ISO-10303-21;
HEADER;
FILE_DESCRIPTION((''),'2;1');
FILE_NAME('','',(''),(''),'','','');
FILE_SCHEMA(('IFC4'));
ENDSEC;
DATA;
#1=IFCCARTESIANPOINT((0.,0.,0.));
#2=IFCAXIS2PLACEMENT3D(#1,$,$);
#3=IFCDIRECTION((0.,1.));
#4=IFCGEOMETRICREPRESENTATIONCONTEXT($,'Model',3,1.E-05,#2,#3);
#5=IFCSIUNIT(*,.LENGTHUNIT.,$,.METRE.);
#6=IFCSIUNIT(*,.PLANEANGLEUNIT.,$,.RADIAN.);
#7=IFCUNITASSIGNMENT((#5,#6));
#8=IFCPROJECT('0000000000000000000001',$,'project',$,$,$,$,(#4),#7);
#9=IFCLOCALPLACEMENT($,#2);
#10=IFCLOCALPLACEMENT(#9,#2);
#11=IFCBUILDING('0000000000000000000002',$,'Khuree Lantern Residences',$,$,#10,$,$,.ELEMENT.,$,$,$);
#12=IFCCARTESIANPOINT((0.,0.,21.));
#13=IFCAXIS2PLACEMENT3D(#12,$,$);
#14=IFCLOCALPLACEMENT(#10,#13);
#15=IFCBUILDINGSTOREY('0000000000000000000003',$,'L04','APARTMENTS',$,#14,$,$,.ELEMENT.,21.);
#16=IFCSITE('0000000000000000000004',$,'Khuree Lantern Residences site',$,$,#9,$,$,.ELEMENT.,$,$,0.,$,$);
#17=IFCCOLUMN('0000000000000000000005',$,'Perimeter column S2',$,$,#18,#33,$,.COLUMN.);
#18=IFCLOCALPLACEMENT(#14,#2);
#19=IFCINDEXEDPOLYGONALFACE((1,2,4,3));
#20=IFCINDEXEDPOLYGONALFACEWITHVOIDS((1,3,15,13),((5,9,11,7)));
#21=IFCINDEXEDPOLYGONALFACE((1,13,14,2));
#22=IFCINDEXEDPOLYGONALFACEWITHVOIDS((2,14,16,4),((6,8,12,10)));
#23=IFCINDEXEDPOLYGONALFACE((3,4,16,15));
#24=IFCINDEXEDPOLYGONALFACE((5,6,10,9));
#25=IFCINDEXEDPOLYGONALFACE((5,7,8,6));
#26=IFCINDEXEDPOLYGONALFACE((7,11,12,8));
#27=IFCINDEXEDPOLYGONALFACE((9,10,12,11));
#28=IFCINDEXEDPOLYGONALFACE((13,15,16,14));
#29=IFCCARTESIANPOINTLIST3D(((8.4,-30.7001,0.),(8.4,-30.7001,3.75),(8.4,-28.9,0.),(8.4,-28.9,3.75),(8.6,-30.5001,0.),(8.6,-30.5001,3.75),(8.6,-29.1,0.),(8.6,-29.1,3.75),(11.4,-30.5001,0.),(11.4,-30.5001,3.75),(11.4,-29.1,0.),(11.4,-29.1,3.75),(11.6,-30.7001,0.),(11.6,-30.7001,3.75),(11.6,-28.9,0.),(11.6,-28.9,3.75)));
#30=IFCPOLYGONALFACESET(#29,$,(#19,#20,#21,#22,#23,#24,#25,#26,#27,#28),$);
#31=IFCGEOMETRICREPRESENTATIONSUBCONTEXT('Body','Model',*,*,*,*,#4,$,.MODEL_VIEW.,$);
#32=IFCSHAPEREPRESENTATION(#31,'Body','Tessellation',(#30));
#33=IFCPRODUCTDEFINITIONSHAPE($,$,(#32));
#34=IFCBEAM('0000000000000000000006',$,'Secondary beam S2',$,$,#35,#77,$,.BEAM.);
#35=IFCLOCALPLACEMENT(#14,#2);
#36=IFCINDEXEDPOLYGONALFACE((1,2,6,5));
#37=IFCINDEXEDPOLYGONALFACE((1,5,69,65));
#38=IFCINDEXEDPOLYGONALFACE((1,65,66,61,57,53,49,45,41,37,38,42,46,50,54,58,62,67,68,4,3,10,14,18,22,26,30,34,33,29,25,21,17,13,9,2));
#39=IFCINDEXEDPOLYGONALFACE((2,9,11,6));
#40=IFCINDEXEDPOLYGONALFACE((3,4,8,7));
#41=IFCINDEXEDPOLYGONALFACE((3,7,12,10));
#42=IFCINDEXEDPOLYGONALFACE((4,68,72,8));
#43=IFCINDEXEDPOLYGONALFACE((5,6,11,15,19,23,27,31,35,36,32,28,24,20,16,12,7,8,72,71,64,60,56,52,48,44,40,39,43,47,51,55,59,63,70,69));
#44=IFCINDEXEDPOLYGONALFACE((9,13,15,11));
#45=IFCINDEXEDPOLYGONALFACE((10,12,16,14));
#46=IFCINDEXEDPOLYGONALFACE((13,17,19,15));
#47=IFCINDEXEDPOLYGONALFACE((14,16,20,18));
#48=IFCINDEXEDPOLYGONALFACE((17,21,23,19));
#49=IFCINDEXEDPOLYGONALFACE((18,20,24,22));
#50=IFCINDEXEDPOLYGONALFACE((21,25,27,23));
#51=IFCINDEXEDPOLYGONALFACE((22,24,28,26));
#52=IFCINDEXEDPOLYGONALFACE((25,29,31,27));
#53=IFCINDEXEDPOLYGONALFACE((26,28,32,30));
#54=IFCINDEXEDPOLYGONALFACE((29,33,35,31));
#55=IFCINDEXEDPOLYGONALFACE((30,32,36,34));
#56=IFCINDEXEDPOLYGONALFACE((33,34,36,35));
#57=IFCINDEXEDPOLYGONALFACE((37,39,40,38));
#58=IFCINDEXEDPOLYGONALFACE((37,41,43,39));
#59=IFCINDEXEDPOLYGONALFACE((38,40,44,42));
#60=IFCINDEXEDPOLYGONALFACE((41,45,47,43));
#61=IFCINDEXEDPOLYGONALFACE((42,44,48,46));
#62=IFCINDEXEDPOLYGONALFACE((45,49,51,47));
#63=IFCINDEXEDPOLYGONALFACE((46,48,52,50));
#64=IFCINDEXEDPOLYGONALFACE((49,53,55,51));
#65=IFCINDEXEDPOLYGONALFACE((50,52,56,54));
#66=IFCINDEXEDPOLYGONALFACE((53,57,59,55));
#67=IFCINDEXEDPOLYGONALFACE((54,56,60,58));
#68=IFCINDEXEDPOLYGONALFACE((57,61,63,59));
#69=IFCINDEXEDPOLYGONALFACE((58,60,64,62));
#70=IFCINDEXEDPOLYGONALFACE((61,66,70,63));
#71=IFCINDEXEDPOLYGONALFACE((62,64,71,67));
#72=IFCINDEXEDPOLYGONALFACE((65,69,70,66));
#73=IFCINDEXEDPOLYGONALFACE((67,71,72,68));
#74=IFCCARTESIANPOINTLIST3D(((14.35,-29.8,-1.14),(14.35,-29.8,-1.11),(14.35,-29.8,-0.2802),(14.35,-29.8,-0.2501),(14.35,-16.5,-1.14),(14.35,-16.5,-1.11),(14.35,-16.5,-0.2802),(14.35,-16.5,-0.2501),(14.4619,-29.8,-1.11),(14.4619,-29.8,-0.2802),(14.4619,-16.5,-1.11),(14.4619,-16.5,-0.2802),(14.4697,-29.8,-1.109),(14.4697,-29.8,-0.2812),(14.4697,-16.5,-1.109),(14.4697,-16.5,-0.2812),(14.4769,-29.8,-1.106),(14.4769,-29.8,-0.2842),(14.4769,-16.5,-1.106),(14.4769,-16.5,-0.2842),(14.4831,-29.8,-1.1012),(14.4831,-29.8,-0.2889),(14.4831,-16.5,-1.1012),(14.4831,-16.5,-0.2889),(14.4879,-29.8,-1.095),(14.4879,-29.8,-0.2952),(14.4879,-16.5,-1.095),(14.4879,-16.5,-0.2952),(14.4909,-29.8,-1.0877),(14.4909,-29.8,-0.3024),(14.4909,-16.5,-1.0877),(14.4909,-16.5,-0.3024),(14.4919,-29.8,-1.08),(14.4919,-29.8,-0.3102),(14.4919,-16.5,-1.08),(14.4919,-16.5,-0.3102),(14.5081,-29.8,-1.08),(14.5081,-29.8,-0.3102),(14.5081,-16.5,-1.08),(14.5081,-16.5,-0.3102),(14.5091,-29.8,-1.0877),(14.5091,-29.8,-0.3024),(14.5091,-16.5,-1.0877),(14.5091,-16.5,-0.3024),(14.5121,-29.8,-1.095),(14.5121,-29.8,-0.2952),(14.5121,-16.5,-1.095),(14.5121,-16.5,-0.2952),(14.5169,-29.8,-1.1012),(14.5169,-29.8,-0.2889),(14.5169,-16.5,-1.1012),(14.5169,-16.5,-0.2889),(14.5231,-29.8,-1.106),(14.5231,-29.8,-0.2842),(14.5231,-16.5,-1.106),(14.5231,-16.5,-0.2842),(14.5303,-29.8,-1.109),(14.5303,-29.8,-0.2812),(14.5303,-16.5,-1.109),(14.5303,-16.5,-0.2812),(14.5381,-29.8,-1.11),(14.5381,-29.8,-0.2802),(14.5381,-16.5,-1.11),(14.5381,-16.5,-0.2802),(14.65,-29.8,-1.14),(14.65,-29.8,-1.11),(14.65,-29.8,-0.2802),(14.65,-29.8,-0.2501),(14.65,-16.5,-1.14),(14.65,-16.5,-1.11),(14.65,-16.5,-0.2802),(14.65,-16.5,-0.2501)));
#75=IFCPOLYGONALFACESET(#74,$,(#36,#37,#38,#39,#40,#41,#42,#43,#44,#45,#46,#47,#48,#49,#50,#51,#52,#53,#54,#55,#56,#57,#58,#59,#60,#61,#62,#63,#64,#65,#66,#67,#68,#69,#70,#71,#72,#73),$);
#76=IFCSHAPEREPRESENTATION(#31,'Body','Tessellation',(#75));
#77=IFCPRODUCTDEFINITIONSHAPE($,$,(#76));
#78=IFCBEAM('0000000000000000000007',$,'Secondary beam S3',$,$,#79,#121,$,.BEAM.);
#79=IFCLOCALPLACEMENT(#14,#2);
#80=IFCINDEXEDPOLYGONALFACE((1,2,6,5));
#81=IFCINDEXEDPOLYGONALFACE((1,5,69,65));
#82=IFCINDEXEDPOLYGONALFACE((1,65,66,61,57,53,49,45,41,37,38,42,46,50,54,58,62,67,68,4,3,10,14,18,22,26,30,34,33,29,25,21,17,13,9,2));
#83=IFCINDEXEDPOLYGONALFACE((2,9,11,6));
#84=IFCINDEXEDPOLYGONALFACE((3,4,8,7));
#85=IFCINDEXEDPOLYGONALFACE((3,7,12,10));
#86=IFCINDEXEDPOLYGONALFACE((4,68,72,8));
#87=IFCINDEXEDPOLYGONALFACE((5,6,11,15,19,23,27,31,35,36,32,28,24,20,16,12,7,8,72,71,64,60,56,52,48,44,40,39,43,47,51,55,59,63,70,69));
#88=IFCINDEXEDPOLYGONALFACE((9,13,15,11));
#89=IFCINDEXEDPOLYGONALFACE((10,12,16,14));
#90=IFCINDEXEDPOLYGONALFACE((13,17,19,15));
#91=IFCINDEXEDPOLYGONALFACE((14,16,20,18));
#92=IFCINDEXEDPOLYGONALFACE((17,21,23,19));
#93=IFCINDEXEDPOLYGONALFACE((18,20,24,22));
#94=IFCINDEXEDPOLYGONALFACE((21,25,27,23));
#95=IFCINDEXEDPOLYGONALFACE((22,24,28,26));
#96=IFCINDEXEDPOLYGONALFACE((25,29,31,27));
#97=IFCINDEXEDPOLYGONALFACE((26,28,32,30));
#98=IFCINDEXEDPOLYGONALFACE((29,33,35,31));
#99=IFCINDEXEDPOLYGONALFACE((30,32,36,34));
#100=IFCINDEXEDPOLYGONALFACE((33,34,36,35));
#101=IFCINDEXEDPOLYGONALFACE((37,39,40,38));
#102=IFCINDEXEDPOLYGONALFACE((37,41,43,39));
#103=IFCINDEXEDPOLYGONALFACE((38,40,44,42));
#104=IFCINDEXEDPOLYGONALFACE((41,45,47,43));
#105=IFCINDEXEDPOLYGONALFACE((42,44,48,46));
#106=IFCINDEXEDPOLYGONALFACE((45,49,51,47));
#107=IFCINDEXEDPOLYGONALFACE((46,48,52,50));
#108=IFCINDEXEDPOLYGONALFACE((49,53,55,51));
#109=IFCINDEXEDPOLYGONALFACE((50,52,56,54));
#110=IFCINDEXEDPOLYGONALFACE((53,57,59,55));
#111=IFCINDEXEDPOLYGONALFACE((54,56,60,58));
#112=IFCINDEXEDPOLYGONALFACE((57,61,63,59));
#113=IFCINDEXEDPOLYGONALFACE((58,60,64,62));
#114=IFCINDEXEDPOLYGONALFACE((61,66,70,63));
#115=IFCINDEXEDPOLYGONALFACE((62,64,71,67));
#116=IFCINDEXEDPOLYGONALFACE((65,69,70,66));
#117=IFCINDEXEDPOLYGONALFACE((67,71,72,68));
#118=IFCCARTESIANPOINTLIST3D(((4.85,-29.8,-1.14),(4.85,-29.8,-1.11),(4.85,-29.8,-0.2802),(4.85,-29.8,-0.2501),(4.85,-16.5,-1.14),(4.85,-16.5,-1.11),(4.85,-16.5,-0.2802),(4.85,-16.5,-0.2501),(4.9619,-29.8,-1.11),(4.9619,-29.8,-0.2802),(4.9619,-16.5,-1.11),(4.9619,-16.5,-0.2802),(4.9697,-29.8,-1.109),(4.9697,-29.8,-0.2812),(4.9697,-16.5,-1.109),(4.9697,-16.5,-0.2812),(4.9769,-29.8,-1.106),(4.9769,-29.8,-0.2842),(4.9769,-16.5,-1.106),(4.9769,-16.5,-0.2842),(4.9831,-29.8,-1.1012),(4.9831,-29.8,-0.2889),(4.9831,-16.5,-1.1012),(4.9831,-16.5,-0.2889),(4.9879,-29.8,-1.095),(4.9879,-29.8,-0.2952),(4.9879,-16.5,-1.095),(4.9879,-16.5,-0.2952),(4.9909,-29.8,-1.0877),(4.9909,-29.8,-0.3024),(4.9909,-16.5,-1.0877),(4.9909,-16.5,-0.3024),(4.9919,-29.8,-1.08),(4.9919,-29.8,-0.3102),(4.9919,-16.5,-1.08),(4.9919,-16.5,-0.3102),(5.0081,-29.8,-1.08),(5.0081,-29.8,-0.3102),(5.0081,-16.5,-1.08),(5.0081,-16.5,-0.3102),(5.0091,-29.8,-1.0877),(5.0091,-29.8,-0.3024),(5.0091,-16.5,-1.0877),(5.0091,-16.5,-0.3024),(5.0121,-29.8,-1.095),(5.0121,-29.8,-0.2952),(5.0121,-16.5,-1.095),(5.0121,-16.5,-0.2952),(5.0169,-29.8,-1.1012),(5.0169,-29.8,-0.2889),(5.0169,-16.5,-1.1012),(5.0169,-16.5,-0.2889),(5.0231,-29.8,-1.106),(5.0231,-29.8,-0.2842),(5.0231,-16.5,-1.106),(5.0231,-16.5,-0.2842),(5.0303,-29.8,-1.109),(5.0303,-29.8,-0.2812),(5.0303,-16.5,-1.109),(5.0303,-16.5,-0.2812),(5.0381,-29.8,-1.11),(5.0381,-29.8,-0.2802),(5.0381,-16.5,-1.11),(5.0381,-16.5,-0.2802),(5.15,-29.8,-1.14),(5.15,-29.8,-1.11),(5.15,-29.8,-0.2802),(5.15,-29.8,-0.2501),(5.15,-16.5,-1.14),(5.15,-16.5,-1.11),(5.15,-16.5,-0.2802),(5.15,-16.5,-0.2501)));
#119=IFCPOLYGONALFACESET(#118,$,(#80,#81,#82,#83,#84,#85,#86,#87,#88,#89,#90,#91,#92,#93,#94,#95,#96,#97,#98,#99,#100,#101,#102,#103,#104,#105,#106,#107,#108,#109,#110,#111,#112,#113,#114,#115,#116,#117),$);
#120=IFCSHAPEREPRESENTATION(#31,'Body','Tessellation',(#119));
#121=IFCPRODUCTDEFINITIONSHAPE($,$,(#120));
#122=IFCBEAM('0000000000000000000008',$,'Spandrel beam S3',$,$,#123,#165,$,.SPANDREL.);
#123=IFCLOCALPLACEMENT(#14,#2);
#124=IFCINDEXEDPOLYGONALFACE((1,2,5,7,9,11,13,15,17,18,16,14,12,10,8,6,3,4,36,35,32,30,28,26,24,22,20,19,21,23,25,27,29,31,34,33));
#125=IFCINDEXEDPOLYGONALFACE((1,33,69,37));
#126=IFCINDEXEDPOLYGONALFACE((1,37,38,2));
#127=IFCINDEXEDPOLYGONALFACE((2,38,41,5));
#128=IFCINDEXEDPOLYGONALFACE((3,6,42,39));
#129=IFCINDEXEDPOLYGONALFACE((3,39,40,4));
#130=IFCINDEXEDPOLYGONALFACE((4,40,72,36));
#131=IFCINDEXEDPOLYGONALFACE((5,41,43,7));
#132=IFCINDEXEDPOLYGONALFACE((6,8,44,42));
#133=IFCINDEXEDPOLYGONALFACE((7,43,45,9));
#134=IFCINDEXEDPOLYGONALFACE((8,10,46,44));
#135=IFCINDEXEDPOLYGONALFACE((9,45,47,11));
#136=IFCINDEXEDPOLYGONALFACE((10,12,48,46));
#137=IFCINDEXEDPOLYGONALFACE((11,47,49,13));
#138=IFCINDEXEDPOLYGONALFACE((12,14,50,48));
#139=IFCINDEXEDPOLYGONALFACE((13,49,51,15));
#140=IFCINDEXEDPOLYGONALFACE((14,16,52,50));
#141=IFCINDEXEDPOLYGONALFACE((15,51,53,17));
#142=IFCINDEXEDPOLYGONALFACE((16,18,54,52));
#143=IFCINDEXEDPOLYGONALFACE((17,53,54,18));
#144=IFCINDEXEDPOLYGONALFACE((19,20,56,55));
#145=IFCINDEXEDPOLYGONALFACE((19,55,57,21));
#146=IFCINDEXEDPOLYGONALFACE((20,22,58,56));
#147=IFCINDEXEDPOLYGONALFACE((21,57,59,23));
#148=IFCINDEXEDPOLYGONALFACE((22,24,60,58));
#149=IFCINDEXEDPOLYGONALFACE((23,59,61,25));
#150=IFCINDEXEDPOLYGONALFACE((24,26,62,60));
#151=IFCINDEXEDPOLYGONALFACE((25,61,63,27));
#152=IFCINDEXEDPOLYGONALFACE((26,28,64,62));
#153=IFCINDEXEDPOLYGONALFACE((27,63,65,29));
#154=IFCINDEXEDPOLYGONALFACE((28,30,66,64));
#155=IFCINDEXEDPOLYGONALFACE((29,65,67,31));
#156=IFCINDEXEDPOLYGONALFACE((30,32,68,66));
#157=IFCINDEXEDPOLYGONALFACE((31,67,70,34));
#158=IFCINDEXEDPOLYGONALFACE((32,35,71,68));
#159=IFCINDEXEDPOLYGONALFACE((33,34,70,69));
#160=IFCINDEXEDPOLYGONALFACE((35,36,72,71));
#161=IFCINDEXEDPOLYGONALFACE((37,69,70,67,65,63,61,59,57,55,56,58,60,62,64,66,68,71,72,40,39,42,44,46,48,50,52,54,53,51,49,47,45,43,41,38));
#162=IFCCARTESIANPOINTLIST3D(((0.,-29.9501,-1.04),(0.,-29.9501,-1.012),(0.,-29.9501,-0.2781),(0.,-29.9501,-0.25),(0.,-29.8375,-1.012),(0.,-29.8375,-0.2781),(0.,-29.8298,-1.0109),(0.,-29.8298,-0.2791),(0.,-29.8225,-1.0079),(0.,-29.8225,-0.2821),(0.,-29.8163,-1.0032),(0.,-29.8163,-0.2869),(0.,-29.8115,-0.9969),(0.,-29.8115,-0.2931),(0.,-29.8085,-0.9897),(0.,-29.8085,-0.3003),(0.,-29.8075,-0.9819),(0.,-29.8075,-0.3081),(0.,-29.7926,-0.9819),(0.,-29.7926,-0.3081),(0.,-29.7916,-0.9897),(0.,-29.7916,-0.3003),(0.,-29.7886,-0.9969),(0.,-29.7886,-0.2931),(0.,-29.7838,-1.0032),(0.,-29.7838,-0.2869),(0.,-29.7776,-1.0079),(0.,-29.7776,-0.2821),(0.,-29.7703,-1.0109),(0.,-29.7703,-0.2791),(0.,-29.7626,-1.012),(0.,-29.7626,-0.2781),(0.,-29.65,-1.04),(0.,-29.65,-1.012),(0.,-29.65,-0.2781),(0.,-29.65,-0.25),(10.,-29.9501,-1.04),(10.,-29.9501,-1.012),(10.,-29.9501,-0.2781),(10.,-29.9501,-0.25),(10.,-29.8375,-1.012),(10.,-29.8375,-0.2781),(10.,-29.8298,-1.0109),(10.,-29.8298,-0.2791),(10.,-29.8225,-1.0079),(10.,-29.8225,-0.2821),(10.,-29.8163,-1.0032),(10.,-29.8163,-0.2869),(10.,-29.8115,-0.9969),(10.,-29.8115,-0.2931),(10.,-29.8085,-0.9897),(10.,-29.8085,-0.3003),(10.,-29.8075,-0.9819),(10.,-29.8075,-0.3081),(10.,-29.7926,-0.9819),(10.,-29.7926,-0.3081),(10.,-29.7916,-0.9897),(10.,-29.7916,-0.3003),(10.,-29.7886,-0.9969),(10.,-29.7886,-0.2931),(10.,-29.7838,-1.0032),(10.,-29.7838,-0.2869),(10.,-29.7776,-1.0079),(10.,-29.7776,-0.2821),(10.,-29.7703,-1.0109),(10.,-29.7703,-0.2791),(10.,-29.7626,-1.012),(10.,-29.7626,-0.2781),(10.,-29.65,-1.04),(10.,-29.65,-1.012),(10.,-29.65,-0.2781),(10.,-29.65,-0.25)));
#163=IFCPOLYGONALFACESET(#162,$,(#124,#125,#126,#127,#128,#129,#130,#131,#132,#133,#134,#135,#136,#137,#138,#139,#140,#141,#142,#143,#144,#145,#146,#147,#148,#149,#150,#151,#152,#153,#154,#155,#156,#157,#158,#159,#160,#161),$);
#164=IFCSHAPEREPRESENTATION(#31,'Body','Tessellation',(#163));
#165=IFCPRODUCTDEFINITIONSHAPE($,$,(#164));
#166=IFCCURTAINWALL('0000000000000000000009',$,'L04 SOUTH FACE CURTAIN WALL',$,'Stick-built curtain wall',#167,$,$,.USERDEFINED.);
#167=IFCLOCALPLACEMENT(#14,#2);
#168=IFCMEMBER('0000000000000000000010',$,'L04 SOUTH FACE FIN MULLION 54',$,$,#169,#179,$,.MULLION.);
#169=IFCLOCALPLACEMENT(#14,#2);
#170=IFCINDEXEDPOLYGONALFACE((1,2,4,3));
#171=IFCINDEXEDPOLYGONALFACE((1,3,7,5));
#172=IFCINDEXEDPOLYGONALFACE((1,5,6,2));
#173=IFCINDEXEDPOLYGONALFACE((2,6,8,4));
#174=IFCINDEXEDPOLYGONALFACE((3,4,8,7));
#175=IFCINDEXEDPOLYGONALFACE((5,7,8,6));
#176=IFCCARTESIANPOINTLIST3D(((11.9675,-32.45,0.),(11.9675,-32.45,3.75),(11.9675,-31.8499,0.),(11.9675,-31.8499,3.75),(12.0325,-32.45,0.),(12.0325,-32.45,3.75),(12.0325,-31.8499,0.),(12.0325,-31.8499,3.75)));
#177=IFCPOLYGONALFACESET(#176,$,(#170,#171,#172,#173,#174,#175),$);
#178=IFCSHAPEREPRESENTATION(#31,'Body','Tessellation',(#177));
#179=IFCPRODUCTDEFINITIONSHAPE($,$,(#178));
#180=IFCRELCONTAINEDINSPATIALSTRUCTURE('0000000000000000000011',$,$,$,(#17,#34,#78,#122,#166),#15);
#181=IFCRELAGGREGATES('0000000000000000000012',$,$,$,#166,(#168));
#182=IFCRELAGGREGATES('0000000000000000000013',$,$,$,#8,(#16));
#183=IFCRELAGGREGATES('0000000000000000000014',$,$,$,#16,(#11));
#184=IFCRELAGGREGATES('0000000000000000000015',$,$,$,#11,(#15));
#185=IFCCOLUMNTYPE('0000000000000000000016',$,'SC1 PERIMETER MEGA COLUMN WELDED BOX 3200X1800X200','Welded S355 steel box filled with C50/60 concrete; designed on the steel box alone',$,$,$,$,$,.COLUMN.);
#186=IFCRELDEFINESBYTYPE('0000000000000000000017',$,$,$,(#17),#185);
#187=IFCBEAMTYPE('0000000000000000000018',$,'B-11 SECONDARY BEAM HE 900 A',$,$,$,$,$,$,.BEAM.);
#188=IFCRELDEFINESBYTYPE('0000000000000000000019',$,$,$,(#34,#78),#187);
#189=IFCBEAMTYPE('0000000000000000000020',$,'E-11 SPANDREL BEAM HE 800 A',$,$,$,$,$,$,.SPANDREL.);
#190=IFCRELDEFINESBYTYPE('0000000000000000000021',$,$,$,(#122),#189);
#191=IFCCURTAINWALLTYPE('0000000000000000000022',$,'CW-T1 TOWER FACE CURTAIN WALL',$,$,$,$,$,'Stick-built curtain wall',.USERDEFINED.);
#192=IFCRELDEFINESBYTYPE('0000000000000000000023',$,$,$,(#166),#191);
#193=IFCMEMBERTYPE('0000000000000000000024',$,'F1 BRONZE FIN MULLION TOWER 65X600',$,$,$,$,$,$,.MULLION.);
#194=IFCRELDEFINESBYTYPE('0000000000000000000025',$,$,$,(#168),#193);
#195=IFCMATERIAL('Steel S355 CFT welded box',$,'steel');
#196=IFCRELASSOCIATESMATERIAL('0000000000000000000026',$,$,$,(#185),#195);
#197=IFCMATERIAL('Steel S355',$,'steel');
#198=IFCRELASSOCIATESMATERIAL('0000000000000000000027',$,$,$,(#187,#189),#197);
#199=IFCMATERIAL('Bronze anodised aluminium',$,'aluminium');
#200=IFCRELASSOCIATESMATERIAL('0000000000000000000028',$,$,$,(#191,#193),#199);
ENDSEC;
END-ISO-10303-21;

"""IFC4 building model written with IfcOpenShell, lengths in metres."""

from ifc_helpers import new_model, si_unit, direction, frame, origin, origin_2d, place, context, subcontext, project, spatial, rectangle, hollow_rectangle, i_section, extrude, material, material_profile, profile_set, type_object, element, aggregate, save


model = new_model("IFC4")

# Units and contexts
model_context = context("Model", 3, precision=1e-05, world=origin(), true_north=direction((0.0, 1.0)))
body_context = subcontext(model_context, "Body", "Model", "MODEL_VIEW")
ifc_project = project(units=[si_unit("LENGTHUNIT", "METRE"), si_unit("PLANEANGLEUNIT", "RADIAN")], contexts=[model_context])

# Site, building, storey
site_placement = place(None, origin())
site = spatial("IfcSite", under=ifc_project, at=site_placement, Name="Khuree Lantern Residences site", CompositionType="ELEMENT", RefElevation=0.0)
building_placement = place(site_placement, origin())
building = spatial("IfcBuilding", under=site, at=building_placement, Name="Khuree Lantern Residences", CompositionType="ELEMENT")
storey_placement = place(building_placement, frame((0.0, 0.0, 21.0)))
storey = spatial("IfcBuildingStorey", under=building, at=storey_placement, Name="L04", Description="APARTMENTS", CompositionType="ELEMENT", Elevation=21.0)

# Column
ifc_material_1 = material(Name="Steel S355 CFT welded box", Category="steel")
ifc_material_profile_1 = material_profile(ifc_material_1, hollow_rectangle(XDim=3.2, YDim=1.8, WallThickness=0.2, at=origin_2d()), Name="WELDED BOX 3200X1800X200")
ifc_profile_set_1 = profile_set([ifc_material_profile_1], Name="Steel S355 CFT welded box")
column_type = type_object("IfcColumnType", Name="SC1 PERIMETER MEGA COLUMN WELDED BOX 3200X1800X200", Description="Welded S355 steel box filled with C50/60 concrete; designed on the steel box alone", PredefinedType="COLUMN", material=ifc_profile_set_1)
column_placement = place(storey_placement, frame((10.0, -29.8, 0.0), z_axis=(0.0, 0.0, 1.0), x_axis=(1.0, 0.0, 0.0)))
element("IfcColumn", 1, at=column_placement, inside=storey, type_object=column_type, Name="Perimeter column S2", PredefinedType="COLUMN", context=body_context, shape_type="SweptSolid", body=[
    extrude(hollow_rectangle(XDim=3.2, YDim=1.8, WallThickness=0.2, at=origin_2d()), origin(), (0.0, 0.0, 1.0), 3.75),
])

# Beams
ifc_material_2 = material(Name="Steel S355", Category="steel")
ifc_material_profile_2 = material_profile(ifc_material_2, i_section(OverallWidth=0.3, OverallDepth=0.8899, WebThickness=0.0161, FlangeThickness=0.03, FilletRadius=0.03, at=origin_2d()), Name="HE 900 A")
ifc_profile_set_2 = profile_set([ifc_material_profile_2], Name="Steel S355")
beam_type_1 = type_object("IfcBeamType", Name="B-11 SECONDARY BEAM HE 900 A", PredefinedType="BEAM", material=ifc_profile_set_2)
for number, where, z_axis, x_axis, name in (
    (2, (14.5, -29.8, -0.6951), (0.0, 1.0, 0.0), (-1.0, 0.0, 0.0), "Secondary beam S2"),
    (3, (5.0, -29.8, -0.6951), (0.0, 1.0, 0.0), (-1.0, 0.0, 0.0), "Secondary beam S3"),
):
    element("IfcBeam", number, at=place(storey_placement, frame(where, z_axis=z_axis, x_axis=x_axis)), inside=storey, type_object=beam_type_1, Name=name, PredefinedType="BEAM", context=body_context, shape_type="SweptSolid", body=[
        extrude(i_section(OverallWidth=0.3, OverallDepth=0.8899, WebThickness=0.0161, FlangeThickness=0.03, FilletRadius=0.03, at=origin_2d()), origin(), (0.0, 0.0, 1.0), 13.3),
    ])
ifc_material_profile_3 = material_profile(ifc_material_2, i_section(OverallWidth=0.3, OverallDepth=0.79, WebThickness=0.0149, FlangeThickness=0.0281, FilletRadius=0.03, at=origin_2d()), Name="HE 800 A")
ifc_profile_set_3 = profile_set([ifc_material_profile_3], Name="Steel S355")
beam_type_2 = type_object("IfcBeamType", Name="E-11 SPANDREL BEAM HE 800 A", PredefinedType="SPANDREL", material=ifc_profile_set_3)
beam_1_placement = place(storey_placement, frame((10.0, -29.8, -0.645), z_axis=(-1.0, 0.0, 0.0), x_axis=(0.0, -1.0, 0.0)))
element("IfcBeam", 4, at=beam_1_placement, inside=storey, type_object=beam_type_2, Name="Spandrel beam S3", PredefinedType="SPANDREL", context=body_context, shape_type="SweptSolid", body=[
    extrude(i_section(OverallWidth=0.3, OverallDepth=0.79, WebThickness=0.0149, FlangeThickness=0.0281, FilletRadius=0.03, at=origin_2d()), origin(), (0.0, 0.0, 1.0), 10.0),
])

# Curtain wall, member
ifc_material_3 = material(Name="Bronze anodised aluminium", Category="aluminium")
curtain_wall_type = type_object("IfcCurtainWallType", Name="CW-T1 TOWER FACE CURTAIN WALL", ElementType="Stick-built curtain wall", PredefinedType="USERDEFINED", material=ifc_material_3)
curtain_wall_placement = place(storey_placement, origin())
curtain_wall = element("IfcCurtainWall", 5, at=curtain_wall_placement, inside=storey, type_object=curtain_wall_type, Name="L04 SOUTH FACE CURTAIN WALL", ObjectType="Stick-built curtain wall", PredefinedType="USERDEFINED")
ifc_material_profile_4 = material_profile(ifc_material_3, rectangle(XDim=0.0649, YDim=0.6001, at=origin_2d()), Name="F1 65X600")
ifc_profile_set_4 = profile_set([ifc_material_profile_4], Name="Bronze anodised aluminium")
member_type_1 = type_object("IfcMemberType", Name="F1 BRONZE FIN MULLION TOWER 65X600", PredefinedType="MULLION", material=ifc_profile_set_4)
member_1_placement = place(storey_placement, frame((12.0, -32.1499, 0.0), z_axis=(0.0, 0.0, 1.0), x_axis=(1.0, 0.0, 0.0)))
member_1 = element("IfcMember", 6, at=member_1_placement, type_object=member_type_1, Name="L04 SOUTH FACE FIN MULLION 54", PredefinedType="MULLION", context=body_context, shape_type="SweptSolid", body=[
    extrude(rectangle(XDim=0.0649, YDim=0.6001, at=origin_2d()), origin(), (0.0, 0.0, 1.0), 3.75),
])

aggregate(curtain_wall, [member_1])

save(model, "model.ifc")
